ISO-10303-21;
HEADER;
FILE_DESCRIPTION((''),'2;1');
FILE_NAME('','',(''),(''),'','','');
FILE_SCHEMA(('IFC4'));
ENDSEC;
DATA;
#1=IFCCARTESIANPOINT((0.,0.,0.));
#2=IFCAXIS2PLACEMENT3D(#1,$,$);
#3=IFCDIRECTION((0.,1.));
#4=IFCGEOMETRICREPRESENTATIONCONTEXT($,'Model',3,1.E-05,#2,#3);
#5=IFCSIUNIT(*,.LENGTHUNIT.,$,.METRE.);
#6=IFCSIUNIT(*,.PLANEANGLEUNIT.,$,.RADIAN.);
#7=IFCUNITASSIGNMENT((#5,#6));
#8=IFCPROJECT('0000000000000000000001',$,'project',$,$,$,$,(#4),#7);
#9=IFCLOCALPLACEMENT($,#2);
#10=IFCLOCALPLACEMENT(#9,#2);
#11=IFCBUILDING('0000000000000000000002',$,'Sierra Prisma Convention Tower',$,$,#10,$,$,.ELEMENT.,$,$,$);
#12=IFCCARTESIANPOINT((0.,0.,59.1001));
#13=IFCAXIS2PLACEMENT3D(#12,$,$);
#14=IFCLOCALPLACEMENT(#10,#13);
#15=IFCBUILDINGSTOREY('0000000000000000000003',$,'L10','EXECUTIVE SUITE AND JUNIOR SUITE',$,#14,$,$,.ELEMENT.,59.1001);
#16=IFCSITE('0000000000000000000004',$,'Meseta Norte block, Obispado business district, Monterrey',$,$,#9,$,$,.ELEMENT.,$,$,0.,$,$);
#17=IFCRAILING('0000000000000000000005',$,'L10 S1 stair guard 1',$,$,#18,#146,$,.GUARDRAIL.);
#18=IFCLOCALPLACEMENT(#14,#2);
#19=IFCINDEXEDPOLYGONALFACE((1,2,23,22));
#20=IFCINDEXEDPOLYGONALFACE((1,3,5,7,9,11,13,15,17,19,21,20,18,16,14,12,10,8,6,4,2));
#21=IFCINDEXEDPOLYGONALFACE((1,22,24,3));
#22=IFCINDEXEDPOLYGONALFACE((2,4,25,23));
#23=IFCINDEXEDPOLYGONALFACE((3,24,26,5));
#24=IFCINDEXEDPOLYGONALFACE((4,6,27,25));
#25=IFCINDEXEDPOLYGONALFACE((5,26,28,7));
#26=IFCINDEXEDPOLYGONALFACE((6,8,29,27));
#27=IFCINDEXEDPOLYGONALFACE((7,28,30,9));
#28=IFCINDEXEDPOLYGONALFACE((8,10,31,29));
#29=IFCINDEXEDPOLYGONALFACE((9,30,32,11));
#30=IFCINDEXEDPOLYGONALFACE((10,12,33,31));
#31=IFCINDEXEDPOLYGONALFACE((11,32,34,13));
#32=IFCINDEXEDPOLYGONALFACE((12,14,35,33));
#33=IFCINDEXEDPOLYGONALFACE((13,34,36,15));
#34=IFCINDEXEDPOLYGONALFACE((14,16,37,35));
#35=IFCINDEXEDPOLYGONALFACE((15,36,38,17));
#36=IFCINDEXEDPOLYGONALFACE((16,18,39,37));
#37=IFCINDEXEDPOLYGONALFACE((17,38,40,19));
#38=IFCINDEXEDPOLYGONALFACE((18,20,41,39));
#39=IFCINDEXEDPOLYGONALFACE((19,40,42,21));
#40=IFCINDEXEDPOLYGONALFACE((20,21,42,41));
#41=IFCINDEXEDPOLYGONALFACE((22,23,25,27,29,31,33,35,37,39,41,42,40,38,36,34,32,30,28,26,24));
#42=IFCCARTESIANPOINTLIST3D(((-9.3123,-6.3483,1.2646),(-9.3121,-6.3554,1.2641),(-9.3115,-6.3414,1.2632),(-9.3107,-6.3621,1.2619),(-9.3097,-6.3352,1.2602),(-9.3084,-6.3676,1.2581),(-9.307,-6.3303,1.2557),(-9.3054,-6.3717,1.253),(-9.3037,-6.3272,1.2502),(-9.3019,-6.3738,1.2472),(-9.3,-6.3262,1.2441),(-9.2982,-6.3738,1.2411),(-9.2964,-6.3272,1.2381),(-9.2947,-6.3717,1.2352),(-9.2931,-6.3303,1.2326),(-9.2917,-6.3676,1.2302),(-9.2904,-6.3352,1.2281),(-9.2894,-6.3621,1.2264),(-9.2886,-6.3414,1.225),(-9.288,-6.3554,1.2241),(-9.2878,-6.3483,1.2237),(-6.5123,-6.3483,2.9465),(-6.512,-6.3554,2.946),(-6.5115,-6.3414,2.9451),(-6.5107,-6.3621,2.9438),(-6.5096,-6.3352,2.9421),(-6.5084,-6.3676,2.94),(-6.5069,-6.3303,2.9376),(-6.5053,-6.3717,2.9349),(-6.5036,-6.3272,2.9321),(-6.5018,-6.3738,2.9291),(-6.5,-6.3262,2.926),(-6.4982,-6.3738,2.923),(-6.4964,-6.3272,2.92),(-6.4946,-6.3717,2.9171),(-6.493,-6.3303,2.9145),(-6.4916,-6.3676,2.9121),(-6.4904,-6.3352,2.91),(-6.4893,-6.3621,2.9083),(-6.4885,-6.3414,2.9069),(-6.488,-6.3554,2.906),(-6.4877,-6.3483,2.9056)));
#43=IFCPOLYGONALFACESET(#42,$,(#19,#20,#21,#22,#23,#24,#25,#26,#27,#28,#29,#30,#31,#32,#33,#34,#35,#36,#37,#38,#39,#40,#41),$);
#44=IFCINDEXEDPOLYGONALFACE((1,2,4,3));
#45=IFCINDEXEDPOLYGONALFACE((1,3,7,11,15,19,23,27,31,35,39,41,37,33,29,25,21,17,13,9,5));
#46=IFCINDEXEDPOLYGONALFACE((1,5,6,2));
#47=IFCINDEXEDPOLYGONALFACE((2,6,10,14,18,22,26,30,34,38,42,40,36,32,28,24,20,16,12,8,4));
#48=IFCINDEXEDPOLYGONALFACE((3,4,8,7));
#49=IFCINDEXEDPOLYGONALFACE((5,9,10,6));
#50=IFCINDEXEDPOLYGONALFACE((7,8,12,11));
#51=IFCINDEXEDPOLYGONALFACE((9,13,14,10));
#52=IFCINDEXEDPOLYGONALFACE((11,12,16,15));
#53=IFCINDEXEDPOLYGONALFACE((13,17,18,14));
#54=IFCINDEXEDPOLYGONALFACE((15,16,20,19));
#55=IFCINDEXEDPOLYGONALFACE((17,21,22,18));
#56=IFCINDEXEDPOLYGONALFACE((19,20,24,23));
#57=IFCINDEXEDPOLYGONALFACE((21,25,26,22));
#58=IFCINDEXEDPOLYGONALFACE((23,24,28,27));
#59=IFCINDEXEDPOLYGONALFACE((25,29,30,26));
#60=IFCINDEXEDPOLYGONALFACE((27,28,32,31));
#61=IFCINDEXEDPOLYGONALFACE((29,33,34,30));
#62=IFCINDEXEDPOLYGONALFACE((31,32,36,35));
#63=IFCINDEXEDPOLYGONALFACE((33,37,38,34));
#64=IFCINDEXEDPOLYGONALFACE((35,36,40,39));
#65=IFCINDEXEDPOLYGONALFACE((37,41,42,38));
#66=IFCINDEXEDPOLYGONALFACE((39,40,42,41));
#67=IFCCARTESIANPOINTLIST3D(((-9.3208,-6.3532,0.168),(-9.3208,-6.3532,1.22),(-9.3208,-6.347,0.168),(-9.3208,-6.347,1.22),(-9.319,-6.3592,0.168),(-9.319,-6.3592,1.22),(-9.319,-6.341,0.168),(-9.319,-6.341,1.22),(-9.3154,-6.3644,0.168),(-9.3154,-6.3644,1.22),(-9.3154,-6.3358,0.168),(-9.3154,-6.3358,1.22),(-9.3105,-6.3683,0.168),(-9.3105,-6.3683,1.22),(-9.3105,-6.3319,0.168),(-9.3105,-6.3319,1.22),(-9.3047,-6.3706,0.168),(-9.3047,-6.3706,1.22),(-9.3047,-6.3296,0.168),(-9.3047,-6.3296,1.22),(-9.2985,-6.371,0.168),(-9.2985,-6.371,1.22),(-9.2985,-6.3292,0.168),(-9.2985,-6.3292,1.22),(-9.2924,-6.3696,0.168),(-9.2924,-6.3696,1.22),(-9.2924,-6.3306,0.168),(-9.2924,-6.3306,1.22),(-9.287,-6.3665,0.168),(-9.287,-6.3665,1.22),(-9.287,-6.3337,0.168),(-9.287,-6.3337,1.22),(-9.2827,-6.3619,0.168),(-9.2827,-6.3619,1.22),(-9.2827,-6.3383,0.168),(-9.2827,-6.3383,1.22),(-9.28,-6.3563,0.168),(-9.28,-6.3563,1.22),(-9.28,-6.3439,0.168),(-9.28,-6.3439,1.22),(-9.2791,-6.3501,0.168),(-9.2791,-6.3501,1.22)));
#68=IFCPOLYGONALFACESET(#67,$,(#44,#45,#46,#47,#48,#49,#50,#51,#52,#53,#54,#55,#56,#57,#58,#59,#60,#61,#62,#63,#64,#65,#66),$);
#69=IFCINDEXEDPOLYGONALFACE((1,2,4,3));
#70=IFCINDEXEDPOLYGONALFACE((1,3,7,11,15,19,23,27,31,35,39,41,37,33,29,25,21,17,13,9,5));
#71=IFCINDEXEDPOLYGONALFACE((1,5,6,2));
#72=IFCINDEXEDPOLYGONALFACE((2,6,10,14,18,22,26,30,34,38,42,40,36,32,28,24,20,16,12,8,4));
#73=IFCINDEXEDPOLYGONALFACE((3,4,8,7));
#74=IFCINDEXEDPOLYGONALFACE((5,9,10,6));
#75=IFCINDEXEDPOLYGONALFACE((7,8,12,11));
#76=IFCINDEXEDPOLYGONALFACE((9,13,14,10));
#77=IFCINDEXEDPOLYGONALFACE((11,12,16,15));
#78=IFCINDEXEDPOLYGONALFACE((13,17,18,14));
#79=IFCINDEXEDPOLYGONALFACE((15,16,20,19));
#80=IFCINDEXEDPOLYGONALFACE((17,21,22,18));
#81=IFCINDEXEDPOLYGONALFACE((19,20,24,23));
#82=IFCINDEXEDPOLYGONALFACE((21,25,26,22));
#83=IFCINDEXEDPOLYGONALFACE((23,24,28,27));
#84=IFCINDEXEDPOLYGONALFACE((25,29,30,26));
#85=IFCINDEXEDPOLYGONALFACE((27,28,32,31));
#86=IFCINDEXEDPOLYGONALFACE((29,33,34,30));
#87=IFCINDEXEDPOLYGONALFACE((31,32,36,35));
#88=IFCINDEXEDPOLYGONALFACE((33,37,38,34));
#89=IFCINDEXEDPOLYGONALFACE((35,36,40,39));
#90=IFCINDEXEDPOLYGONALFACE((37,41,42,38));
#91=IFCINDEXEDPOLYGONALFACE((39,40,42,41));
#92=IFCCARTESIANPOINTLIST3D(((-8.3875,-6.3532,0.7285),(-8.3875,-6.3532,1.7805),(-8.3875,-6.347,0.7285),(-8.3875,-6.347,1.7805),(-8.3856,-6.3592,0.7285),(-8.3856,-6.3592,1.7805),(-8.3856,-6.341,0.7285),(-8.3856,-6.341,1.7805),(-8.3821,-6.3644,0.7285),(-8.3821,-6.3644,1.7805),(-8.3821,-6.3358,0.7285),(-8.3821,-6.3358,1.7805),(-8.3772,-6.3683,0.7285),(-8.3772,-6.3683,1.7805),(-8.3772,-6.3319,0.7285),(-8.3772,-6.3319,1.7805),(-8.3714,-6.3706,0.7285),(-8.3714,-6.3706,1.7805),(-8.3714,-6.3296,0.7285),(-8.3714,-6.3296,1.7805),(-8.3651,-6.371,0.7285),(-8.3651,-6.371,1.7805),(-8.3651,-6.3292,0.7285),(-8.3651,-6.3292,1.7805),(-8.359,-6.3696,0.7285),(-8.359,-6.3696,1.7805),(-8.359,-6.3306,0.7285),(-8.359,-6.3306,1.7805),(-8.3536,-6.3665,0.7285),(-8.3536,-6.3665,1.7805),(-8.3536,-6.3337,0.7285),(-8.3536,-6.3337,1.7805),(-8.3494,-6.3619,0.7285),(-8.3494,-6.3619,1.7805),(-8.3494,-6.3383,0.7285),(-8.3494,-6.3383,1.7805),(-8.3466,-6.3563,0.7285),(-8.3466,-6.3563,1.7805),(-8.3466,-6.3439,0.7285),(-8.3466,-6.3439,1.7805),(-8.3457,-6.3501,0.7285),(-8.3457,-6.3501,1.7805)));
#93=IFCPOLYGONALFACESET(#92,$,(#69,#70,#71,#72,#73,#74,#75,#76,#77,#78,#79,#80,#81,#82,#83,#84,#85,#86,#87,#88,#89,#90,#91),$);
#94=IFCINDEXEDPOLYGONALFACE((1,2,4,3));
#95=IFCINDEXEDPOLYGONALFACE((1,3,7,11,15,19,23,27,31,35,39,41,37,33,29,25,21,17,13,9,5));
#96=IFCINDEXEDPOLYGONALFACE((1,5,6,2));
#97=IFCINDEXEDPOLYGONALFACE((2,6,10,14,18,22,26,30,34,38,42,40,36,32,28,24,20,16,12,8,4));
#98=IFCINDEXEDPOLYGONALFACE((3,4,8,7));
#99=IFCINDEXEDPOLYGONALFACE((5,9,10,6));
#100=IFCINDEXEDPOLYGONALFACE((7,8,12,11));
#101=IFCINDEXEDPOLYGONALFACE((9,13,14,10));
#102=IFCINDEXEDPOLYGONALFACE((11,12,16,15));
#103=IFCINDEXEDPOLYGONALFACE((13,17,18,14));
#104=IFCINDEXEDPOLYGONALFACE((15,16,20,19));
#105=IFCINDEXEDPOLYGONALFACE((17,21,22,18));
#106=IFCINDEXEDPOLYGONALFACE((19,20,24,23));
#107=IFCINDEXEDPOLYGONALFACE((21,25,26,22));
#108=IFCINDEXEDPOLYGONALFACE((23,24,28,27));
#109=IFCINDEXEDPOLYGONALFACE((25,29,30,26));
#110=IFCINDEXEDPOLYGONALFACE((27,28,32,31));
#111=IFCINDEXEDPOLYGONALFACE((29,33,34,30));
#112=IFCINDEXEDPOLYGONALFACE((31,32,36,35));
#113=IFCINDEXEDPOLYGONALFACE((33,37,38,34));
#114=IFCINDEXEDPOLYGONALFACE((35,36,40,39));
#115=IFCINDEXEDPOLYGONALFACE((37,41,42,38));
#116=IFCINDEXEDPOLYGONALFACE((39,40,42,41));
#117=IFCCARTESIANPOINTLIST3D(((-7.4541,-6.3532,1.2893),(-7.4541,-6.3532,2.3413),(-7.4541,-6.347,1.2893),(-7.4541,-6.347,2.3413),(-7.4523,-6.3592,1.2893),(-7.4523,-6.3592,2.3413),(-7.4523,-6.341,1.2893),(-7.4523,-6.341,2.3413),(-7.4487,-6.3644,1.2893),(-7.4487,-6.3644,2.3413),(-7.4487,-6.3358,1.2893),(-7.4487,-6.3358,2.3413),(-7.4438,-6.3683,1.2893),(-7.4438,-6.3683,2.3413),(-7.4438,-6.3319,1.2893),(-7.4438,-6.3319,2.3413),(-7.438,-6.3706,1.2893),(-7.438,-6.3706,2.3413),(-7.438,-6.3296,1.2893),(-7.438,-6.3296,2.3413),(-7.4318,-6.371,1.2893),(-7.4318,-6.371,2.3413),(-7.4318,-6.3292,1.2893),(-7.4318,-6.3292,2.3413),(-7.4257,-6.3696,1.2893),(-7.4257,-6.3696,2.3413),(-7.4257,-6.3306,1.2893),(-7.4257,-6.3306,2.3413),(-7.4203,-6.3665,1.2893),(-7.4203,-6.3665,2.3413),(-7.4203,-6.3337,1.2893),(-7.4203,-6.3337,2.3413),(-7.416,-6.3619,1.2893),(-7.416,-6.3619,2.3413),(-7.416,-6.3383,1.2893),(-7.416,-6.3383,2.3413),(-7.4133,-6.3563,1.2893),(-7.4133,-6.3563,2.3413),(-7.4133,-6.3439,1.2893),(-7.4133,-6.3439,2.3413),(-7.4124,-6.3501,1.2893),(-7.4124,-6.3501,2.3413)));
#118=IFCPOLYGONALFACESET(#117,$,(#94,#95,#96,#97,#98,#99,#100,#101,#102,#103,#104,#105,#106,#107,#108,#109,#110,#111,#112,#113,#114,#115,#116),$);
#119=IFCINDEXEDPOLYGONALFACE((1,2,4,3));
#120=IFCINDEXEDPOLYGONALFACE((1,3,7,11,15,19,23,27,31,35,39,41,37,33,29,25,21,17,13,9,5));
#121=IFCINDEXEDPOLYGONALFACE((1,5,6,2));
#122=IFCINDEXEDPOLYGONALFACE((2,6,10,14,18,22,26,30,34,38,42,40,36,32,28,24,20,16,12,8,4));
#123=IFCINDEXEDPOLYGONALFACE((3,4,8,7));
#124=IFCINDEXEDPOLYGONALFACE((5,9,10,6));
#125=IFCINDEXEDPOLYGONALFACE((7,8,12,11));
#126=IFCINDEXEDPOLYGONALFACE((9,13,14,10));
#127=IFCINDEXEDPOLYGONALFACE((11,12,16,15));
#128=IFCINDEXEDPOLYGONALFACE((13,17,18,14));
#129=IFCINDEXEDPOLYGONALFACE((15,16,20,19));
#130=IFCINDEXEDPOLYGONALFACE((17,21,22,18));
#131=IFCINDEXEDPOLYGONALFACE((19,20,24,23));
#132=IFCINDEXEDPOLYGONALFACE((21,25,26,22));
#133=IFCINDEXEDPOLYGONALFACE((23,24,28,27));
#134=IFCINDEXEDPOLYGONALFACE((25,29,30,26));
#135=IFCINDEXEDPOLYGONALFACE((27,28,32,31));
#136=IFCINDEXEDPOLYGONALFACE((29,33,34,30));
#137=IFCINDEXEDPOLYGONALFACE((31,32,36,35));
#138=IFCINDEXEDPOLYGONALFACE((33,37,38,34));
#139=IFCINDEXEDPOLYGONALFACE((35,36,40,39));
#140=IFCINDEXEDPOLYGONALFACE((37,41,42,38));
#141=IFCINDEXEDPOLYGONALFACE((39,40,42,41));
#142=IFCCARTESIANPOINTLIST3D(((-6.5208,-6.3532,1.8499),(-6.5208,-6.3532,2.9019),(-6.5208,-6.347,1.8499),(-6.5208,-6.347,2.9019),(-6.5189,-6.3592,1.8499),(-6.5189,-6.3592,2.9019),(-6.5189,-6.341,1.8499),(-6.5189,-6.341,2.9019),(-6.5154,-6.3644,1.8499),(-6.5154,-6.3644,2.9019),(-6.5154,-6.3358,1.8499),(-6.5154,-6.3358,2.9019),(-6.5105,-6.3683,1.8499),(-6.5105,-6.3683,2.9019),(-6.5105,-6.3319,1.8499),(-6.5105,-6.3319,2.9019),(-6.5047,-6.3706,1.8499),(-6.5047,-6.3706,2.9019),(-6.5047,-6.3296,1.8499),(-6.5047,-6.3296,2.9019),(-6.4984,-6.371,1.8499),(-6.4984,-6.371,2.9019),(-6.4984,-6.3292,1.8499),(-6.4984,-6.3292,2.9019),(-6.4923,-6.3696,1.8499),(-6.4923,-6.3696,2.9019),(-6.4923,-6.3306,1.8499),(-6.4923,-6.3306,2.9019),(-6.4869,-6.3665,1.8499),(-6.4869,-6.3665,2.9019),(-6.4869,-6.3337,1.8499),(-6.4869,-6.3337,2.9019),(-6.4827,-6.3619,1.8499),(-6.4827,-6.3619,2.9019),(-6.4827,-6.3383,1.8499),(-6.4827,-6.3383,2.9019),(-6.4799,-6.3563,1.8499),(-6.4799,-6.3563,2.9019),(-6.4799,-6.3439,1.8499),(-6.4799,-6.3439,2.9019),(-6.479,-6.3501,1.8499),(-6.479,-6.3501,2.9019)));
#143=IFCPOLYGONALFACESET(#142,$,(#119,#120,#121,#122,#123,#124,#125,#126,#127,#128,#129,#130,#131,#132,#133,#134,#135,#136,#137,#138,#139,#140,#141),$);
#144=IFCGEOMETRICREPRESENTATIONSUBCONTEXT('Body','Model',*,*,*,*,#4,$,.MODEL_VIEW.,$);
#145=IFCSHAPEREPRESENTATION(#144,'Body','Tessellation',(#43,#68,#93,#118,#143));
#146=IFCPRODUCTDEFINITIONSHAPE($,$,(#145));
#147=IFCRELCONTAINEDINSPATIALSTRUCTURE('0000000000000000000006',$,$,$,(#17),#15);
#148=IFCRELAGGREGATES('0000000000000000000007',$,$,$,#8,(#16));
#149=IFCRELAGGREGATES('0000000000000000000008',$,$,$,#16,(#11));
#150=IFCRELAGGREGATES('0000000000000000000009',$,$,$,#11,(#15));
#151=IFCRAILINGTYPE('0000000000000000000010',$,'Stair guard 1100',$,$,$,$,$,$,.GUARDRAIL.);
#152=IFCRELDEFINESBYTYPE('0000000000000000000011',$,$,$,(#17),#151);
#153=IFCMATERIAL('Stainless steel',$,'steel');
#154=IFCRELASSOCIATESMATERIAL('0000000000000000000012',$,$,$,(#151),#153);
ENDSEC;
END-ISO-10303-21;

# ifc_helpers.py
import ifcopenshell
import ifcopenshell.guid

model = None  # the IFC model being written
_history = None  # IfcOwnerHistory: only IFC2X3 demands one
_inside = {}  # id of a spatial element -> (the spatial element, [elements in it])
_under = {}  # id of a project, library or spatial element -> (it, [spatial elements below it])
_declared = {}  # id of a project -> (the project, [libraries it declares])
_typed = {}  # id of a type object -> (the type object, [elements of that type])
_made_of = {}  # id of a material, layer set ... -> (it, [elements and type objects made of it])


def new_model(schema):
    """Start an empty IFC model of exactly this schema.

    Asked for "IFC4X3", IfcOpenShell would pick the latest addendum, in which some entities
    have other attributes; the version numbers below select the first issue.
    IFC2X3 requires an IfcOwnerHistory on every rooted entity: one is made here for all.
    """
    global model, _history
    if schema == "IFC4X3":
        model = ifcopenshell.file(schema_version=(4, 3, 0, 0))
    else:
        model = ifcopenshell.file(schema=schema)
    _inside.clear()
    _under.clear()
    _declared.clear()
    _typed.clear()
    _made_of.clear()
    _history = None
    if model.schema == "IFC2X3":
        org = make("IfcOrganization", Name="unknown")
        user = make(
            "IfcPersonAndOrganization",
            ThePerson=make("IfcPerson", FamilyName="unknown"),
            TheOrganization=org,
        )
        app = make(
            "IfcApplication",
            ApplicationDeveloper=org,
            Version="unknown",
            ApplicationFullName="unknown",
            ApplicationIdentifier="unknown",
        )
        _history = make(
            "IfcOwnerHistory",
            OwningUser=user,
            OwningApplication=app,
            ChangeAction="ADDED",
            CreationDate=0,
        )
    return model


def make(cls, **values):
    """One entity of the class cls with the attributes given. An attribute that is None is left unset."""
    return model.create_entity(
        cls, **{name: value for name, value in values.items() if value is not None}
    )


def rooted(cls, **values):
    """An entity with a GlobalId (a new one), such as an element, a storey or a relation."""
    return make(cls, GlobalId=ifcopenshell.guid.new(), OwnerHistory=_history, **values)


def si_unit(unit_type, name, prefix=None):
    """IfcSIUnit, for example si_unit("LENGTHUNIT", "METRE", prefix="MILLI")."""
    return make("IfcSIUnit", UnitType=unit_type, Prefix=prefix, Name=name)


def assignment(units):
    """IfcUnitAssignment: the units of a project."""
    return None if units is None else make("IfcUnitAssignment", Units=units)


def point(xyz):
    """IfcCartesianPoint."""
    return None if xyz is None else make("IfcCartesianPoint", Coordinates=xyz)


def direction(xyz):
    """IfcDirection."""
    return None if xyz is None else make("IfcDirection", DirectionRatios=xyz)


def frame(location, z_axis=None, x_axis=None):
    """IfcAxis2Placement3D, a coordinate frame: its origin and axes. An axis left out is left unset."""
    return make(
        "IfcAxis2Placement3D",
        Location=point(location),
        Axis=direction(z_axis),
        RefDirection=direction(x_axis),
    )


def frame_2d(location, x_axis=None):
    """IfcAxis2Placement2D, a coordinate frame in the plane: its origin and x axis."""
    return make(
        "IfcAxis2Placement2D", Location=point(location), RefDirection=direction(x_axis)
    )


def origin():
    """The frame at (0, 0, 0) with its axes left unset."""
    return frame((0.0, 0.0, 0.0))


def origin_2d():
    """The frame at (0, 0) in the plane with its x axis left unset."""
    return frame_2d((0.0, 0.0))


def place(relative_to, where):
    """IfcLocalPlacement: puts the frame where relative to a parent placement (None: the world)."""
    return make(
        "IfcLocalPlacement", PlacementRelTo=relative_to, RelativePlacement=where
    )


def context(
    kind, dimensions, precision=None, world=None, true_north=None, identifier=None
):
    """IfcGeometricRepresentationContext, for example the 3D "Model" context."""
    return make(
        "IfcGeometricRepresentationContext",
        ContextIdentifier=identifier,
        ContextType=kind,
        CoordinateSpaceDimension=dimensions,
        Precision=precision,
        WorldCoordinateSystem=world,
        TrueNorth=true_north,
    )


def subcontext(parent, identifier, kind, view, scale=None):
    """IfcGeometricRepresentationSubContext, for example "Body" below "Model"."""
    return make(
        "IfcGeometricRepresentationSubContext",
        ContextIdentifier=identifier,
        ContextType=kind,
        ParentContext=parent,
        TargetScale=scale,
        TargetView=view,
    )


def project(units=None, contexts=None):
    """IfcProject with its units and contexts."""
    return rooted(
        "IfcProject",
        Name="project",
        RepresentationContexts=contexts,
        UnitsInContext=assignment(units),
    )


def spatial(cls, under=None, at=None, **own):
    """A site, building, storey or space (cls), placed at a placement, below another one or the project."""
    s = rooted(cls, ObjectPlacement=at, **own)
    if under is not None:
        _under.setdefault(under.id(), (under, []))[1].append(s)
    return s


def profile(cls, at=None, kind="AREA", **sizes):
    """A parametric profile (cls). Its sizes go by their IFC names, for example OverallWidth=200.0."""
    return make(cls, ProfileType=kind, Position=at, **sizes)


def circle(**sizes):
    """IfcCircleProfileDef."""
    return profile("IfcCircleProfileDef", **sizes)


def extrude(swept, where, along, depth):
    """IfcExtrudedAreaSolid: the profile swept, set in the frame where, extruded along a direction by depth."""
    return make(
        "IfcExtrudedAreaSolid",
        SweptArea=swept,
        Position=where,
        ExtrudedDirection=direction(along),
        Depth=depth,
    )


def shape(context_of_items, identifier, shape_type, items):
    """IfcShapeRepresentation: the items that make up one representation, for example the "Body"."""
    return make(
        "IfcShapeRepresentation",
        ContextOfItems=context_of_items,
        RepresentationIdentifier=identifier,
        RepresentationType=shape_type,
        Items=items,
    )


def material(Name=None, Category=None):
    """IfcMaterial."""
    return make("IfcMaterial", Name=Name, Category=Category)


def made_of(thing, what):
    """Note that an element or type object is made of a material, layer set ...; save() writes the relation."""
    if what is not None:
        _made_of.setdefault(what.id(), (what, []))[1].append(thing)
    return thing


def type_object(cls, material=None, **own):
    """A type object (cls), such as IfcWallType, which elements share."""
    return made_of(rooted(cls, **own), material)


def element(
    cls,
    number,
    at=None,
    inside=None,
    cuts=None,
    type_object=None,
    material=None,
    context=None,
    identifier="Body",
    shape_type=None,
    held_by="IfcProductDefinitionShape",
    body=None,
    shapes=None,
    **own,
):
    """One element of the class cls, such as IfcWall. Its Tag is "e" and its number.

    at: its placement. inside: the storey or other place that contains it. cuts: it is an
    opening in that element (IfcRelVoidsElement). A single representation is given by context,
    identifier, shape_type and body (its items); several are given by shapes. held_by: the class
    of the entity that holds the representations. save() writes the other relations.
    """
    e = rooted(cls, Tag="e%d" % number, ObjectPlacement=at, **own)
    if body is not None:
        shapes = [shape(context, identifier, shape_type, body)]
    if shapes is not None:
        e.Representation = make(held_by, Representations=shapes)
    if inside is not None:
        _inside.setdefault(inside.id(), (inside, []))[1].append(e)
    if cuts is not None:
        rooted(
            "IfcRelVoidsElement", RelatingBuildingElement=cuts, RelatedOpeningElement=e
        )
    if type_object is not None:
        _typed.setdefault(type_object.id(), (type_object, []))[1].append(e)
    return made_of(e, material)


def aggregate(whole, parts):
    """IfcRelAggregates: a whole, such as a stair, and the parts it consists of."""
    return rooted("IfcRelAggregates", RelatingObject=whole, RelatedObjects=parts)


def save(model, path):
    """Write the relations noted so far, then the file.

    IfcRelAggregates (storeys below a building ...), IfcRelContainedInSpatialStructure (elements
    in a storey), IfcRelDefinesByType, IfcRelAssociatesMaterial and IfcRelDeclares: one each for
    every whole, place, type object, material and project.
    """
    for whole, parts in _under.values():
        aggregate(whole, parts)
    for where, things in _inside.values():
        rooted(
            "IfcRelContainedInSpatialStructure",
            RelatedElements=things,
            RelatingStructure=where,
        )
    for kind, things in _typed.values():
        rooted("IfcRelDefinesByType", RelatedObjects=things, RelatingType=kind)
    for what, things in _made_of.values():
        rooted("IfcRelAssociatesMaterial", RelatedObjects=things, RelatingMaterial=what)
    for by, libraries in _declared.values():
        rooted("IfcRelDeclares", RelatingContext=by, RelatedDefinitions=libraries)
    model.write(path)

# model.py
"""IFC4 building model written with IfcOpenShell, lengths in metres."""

from ifc_helpers import new_model, si_unit, direction, frame, origin, origin_2d, place, context, subcontext, project, spatial, circle, extrude, material, type_object, element, save


model = new_model("IFC4")

# Units and contexts
model_context = context("Model", 3, precision=1e-05, world=origin(), true_north=direction((0.0, 1.0)))
body_context = subcontext(model_context, "Body", "Model", "MODEL_VIEW")
ifc_project = project(units=[si_unit("LENGTHUNIT", "METRE"), si_unit("PLANEANGLEUNIT", "RADIAN")], contexts=[model_context])

# Site, building, storey
site_placement = place(None, origin())
site = spatial("IfcSite", under=ifc_project, at=site_placement, Name="Meseta Norte block, Obispado business district, Monterrey", CompositionType="ELEMENT", RefElevation=0.0)
building_placement = place(site_placement, origin())
building = spatial("IfcBuilding", under=site, at=building_placement, Name="Sierra Prisma Convention Tower", CompositionType="ELEMENT")
storey_placement = place(building_placement, frame((0.0, 0.0, 59.1001)))
storey = spatial("IfcBuildingStorey", under=building, at=storey_placement, Name="L10", Description="EXECUTIVE SUITE AND JUNIOR SUITE", CompositionType="ELEMENT", Elevation=59.1001)

# Railing
ifc_material_1 = material(Name="Stainless steel", Category="steel")
railing_type_1 = type_object("IfcRailingType", Name="Stair guard 1100", PredefinedType="GUARDRAIL", material=ifc_material_1)
railing_1_placement = place(storey_placement, frame((-9.3, -6.3501, 0.168)))
element("IfcRailing", 1, at=railing_1_placement, inside=storey, type_object=railing_type_1, Name="L10 S1 stair guard 1", PredefinedType="GUARDRAIL", context=body_context, shape_type="SweptSolid", body=[
    extrude(circle(Radius=0.0239, at=origin_2d()), frame((0.0, 0.0, 1.0762), z_axis=(0.857242, 0.0, 0.514913), x_axis=(0.0, 1.0, 0.0)), (0.0, 0.0, 1.0), 3.2664),
    extrude(circle(Radius=0.021, at=origin_2d()), origin(), (0.0, 0.0, 1.0), 1.052),
    extrude(circle(Radius=0.021, at=origin_2d()), frame((0.9333, 0.0, 0.5605)), (0.0, 0.0, 1.0), 1.052),
    extrude(circle(Radius=0.021, at=origin_2d()), frame((1.8667, 0.0, 1.1213)), (0.0, 0.0, 1.0), 1.052),
    extrude(circle(Radius=0.021, at=origin_2d()), frame((2.8, 0.0, 1.6819)), (0.0, 0.0, 1.0), 1.052),
])

save(model, "model.ifc")
